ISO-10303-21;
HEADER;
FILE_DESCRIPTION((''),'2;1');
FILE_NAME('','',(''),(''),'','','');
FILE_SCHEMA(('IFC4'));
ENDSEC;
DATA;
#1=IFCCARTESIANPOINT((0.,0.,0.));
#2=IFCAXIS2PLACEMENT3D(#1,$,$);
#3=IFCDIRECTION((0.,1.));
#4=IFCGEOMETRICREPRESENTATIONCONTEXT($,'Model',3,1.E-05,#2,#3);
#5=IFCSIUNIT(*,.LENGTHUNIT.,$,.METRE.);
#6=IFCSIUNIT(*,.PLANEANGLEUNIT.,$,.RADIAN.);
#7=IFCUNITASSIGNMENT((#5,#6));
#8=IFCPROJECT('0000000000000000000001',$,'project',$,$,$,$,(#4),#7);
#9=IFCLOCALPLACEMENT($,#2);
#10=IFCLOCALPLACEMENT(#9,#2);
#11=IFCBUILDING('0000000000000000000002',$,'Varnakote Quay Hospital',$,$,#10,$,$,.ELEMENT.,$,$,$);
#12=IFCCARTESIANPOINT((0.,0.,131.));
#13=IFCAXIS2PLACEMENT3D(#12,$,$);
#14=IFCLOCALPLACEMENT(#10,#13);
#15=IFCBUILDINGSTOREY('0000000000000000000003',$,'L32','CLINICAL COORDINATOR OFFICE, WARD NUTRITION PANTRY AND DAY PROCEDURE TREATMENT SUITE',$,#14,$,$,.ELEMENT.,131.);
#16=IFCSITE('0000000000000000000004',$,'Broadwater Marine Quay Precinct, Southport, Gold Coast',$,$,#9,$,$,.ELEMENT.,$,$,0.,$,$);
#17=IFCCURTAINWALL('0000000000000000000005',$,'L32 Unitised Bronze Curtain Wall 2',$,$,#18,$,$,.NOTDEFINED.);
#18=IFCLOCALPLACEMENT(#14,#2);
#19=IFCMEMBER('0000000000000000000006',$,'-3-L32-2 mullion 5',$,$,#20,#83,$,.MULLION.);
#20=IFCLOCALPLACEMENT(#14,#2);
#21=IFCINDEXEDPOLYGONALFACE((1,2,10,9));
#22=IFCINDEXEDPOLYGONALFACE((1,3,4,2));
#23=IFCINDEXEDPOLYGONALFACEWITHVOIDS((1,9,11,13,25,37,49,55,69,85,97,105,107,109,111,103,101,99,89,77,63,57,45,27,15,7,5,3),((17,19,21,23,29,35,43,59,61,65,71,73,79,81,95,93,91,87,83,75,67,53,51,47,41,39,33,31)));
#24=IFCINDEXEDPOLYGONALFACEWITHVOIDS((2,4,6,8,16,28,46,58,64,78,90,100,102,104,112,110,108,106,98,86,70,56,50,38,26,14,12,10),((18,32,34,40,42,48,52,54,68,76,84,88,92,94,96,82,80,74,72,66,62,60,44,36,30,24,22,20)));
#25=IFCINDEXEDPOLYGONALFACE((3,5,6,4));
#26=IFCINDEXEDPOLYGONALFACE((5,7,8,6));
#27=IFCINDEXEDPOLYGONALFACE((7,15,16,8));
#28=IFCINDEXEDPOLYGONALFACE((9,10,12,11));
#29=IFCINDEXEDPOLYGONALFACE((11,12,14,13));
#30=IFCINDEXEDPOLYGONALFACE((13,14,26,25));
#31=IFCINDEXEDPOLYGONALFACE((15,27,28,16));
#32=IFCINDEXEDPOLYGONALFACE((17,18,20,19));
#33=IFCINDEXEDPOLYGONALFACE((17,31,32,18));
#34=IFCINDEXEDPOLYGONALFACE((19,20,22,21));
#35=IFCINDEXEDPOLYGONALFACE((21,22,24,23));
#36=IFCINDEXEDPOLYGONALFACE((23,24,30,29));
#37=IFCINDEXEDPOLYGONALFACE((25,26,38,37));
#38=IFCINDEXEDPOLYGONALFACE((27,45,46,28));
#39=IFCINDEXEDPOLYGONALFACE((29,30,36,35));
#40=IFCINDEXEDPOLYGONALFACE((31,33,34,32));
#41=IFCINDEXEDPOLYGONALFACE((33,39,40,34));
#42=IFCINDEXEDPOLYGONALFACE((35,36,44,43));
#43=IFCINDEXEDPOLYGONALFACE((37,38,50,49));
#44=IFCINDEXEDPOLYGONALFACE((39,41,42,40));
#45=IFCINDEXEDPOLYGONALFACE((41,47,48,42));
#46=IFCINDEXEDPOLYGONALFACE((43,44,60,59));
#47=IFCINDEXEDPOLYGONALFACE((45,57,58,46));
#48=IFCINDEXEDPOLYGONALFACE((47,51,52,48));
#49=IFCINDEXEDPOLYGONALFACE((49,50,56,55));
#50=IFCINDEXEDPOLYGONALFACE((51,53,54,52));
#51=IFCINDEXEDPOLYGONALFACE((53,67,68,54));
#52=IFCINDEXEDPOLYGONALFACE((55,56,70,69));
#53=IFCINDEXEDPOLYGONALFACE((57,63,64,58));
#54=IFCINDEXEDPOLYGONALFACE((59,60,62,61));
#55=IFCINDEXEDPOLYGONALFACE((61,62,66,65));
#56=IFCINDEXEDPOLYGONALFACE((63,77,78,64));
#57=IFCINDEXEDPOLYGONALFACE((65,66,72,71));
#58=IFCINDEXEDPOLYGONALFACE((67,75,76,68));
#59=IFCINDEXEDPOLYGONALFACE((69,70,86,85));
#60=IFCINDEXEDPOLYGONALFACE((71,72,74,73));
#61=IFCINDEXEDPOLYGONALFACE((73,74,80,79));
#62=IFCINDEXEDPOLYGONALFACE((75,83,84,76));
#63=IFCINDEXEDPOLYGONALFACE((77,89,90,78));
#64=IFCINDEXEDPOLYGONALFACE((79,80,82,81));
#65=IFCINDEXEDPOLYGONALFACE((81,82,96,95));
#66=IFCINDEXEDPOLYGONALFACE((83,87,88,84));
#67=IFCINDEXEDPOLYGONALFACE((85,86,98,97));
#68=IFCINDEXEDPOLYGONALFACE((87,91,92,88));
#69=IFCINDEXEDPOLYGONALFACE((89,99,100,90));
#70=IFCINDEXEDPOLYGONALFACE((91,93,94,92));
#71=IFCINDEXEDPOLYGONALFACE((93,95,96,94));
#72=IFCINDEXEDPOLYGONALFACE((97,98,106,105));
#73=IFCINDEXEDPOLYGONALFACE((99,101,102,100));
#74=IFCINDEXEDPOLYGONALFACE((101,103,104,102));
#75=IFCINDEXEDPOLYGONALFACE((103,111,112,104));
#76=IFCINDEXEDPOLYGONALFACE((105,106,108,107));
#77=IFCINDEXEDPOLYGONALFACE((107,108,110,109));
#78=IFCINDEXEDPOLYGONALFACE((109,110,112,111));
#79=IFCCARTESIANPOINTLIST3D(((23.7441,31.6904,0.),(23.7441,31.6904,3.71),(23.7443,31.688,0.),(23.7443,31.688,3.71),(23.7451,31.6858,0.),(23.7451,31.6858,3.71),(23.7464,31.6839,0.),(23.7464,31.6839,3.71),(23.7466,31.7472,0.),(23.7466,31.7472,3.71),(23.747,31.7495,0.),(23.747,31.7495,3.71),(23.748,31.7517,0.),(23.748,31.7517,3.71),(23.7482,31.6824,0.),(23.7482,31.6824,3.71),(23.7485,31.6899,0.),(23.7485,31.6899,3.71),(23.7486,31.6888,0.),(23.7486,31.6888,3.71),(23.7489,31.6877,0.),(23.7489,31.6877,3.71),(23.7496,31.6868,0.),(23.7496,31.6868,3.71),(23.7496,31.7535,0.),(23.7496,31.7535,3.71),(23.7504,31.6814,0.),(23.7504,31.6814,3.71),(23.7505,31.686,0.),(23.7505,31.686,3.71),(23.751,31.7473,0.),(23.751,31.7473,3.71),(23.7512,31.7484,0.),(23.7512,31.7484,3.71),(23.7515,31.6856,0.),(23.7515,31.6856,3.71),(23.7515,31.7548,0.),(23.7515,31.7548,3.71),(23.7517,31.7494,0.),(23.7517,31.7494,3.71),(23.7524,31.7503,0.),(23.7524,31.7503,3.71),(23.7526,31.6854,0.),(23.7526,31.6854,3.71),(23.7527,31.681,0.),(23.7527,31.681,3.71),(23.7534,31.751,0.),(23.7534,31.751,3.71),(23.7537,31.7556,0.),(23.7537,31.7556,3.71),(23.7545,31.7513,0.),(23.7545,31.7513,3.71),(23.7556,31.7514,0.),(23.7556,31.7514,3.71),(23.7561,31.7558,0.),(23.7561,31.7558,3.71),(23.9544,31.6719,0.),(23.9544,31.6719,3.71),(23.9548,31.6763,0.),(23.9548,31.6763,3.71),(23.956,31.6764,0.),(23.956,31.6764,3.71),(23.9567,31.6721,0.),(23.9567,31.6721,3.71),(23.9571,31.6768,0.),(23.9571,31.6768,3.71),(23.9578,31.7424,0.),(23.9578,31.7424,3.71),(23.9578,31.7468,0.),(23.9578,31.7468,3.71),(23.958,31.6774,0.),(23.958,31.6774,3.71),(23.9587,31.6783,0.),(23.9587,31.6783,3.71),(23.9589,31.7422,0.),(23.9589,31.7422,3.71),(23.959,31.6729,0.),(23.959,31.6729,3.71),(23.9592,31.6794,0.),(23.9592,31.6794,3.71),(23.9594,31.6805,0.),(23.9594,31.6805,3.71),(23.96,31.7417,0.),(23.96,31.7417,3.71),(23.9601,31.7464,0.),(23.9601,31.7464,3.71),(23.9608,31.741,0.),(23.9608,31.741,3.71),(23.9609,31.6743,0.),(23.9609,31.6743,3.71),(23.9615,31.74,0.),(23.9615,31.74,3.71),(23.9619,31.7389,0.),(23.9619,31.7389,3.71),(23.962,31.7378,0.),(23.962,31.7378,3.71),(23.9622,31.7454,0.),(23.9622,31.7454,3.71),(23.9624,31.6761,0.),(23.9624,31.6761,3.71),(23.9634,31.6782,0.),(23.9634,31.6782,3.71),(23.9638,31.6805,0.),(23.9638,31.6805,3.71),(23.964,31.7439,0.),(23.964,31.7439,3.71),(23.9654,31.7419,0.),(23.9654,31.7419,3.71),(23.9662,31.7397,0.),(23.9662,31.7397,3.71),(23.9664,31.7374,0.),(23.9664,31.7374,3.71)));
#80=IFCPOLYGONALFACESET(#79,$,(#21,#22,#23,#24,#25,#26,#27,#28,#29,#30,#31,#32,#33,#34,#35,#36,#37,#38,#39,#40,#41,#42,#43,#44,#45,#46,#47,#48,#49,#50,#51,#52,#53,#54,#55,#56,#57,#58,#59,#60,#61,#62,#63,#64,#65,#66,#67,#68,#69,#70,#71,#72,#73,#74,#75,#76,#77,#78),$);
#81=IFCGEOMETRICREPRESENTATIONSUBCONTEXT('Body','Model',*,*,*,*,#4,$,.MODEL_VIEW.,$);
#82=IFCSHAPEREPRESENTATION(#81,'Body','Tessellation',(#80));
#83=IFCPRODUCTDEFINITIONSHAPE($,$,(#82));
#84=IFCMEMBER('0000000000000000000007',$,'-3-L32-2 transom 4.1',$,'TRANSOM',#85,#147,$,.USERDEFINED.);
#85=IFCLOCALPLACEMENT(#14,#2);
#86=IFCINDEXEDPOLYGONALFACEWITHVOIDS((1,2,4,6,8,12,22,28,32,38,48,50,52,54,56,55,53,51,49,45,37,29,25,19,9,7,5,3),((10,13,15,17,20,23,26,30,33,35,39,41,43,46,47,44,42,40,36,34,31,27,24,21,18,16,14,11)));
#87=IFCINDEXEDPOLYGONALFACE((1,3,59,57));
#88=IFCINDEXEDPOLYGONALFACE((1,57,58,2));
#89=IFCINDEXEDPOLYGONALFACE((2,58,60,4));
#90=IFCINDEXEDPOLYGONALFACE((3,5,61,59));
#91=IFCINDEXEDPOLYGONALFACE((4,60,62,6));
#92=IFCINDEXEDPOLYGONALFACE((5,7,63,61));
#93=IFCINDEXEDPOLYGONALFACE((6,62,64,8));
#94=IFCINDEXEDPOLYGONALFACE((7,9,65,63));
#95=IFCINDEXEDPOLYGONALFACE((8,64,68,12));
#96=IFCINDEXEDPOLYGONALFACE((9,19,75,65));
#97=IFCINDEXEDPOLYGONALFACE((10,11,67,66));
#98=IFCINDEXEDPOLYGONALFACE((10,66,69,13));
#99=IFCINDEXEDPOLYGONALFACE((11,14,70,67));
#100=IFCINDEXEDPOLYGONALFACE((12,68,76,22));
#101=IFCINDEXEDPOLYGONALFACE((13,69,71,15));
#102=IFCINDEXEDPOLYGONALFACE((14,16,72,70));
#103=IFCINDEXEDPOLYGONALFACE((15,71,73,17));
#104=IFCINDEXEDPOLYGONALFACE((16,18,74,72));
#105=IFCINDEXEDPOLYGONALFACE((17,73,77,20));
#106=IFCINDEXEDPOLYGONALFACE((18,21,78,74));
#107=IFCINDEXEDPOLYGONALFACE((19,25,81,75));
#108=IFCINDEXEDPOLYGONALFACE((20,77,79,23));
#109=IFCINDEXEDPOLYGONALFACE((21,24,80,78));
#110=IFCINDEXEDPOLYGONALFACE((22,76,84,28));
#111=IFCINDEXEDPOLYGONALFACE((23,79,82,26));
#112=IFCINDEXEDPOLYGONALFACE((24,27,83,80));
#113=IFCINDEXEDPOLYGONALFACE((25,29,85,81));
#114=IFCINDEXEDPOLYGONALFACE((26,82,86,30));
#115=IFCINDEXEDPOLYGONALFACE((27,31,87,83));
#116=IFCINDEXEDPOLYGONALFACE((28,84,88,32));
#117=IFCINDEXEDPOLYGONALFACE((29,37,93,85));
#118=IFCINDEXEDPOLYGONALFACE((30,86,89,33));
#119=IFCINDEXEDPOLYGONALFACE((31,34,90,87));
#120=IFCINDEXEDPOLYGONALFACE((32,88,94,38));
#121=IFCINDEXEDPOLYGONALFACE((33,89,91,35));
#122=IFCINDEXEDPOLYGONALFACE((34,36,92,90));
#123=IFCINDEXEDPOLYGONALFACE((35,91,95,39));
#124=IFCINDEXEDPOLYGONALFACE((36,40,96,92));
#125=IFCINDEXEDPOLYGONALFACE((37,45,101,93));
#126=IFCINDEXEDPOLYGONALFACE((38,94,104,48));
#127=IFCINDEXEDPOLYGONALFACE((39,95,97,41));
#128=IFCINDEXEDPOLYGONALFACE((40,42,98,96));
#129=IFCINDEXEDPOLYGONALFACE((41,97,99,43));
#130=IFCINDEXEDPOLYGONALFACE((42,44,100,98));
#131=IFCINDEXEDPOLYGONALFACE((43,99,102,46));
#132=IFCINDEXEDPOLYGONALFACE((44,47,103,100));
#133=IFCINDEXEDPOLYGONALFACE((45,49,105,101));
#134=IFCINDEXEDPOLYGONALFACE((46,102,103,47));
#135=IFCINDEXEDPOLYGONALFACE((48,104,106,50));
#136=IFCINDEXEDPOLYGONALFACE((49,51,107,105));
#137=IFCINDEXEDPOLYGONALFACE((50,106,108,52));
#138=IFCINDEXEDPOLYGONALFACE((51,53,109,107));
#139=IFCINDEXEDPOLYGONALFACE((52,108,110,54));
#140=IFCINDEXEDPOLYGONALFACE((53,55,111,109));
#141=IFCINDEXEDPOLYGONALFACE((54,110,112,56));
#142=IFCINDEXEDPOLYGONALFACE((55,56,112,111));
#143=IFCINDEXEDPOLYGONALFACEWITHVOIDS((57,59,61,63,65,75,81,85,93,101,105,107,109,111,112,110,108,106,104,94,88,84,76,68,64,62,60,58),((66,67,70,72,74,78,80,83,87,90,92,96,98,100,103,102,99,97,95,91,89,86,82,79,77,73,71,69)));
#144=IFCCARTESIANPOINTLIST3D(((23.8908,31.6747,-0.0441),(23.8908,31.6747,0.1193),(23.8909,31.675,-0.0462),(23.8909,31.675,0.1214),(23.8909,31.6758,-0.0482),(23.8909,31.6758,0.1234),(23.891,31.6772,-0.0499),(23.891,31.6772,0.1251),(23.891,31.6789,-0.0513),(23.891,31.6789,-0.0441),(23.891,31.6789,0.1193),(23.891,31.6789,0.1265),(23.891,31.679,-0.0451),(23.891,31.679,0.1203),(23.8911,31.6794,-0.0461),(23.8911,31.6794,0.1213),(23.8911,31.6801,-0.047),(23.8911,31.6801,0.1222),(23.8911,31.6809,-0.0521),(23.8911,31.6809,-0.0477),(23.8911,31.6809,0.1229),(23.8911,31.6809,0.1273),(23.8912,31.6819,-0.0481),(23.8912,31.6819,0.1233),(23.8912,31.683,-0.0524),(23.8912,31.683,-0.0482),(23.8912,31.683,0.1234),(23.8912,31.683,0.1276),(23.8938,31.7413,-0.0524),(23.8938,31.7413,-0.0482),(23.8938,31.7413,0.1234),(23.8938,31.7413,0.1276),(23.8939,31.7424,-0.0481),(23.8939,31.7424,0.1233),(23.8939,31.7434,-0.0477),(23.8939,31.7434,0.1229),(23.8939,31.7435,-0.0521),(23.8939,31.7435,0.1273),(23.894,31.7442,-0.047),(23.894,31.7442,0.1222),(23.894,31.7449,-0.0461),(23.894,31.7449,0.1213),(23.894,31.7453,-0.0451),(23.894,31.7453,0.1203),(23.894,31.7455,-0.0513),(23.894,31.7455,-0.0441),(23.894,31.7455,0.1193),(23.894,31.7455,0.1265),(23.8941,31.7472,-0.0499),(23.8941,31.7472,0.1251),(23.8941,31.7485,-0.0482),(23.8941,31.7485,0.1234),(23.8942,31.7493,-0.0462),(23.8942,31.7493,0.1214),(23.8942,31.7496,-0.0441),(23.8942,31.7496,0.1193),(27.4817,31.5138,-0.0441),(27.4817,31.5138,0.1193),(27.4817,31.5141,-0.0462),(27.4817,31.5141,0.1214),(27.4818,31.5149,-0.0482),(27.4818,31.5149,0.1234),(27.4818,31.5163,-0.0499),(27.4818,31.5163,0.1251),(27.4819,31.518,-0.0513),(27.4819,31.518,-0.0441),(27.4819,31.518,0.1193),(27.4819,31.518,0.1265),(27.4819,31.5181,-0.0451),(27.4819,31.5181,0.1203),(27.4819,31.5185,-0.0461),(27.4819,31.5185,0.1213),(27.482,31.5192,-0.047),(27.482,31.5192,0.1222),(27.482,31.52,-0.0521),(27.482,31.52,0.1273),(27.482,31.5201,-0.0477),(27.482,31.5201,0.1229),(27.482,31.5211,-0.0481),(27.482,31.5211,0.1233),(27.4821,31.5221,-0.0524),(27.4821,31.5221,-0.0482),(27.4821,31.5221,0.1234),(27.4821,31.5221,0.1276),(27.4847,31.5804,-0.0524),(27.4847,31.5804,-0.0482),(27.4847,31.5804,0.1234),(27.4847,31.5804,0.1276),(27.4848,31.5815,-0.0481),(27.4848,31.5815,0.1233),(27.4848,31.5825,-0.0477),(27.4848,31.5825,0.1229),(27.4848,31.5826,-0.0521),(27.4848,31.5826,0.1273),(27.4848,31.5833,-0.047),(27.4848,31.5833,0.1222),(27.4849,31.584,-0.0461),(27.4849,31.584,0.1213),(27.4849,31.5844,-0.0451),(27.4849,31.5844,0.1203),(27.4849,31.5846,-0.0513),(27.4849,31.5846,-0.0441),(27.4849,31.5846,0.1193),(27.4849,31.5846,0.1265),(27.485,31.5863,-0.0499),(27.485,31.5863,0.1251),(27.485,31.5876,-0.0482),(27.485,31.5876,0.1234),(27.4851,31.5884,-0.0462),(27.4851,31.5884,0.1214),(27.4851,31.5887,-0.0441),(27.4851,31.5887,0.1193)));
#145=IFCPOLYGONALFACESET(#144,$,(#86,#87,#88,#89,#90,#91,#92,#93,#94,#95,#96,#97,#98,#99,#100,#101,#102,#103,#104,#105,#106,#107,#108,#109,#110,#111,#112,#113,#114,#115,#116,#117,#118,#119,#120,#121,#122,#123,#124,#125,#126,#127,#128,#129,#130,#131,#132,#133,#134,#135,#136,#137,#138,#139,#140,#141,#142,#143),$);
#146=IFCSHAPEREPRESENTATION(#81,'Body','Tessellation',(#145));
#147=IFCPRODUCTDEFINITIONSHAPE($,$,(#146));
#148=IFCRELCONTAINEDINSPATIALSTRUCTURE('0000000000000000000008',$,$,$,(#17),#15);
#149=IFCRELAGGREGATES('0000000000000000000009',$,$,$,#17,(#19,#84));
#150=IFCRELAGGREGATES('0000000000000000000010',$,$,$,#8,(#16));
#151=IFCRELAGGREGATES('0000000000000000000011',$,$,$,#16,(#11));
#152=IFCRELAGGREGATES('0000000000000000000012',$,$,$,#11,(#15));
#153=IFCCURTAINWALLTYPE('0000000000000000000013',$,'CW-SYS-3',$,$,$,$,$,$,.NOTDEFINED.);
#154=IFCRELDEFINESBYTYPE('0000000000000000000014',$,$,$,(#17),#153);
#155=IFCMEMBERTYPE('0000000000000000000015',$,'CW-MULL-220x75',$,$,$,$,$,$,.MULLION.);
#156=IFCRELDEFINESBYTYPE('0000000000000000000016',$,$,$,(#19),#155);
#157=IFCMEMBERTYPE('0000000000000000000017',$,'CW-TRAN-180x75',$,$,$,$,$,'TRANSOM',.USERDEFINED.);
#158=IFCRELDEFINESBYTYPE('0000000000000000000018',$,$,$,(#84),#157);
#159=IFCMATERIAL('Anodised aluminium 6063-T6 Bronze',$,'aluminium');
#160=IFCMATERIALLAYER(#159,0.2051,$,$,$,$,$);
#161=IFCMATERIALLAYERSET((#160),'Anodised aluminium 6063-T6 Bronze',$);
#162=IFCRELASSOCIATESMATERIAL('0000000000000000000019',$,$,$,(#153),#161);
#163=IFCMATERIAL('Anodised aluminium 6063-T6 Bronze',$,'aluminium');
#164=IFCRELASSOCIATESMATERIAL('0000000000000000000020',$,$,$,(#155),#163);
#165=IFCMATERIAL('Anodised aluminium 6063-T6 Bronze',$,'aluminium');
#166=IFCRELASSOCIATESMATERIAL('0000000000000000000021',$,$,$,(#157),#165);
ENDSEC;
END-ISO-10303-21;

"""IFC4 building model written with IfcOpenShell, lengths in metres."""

from ifc_helpers import new_model, si_unit, direction, frame, origin, origin_2d, place, context, subcontext, project, spatial, hollow_rectangle, extrude, material, layer, layer_set, material_profile, profile_set, type_object, element, aggregate, save


model = new_model("IFC4")

# Units and contexts
model_context = context("Model", 3, precision=1e-05, world=origin(), true_north=direction((0.0, 1.0)))
body_context = subcontext(model_context, "Body", "Model", "MODEL_VIEW")
ifc_project = project(units=[si_unit("LENGTHUNIT", "METRE"), si_unit("PLANEANGLEUNIT", "RADIAN")], contexts=[model_context])

# Site, building, storey
site_placement = place(None, origin())
site = spatial("IfcSite", under=ifc_project, at=site_placement, Name="Broadwater Marine Quay Precinct, Southport, Gold Coast", CompositionType="ELEMENT", RefElevation=0.0)
building_placement = place(site_placement, origin())
building = spatial("IfcBuilding", under=site, at=building_placement, Name="Varnakote Quay Hospital", CompositionType="ELEMENT")
storey_placement = place(building_placement, frame((0.0, 0.0, 131.0)))
storey = spatial("IfcBuildingStorey", under=building, at=storey_placement, Name="L32", Description="CLINICAL COORDINATOR OFFICE, WARD NUTRITION PANTRY AND DAY PROCEDURE TREATMENT SUITE", CompositionType="ELEMENT", Elevation=131.0)

# Curtain wall, members
ifc_material_1 = material(Name="Anodised aluminium 6063-T6 Bronze", Category="aluminium")
ifc_layer_1 = layer(ifc_material_1, 0.2051)
ifc_layer_set_1 = layer_set([ifc_layer_1], Name="Anodised aluminium 6063-T6 Bronze")
curtain_wall_type = type_object("IfcCurtainWallType", Name="CW-SYS-3", PredefinedType="NOTDEFINED", material=ifc_layer_set_1)
curtain_wall_placement = place(storey_placement, origin())
curtain_wall = element("IfcCurtainWall", 1, at=curtain_wall_placement, inside=storey, type_object=curtain_wall_type, Name="L32 Unitised Bronze Curtain Wall 2", PredefinedType="NOTDEFINED")
ifc_material_2 = material(Name="Anodised aluminium 6063-T6 Bronze", Category="aluminium")
ifc_material_profile_1 = material_profile(ifc_material_2, hollow_rectangle(XDim=0.075, YDim=0.22, WallThickness=0.0044, InnerFilletRadius=0.0044, OuterFilletRadius=0.009, at=origin_2d()), Name="CW-MULL-220x75")
ifc_profile_set_1 = profile_set([ifc_material_profile_1], Name="Anodised aluminium 6063-T6 Bronze")
member_type_1 = type_object("IfcMemberType", Name="CW-MULL-220x75", PredefinedType="MULLION", material=ifc_profile_set_1)
member_1_placement = place(storey_placement, frame((23.8552, 31.7139, 0.0), z_axis=(0.0, 0.0, 1.0), x_axis=(-0.044782, -0.998997, 0.0)))
member_1 = element("IfcMember", 2, at=member_1_placement, type_object=member_type_1, Name="-3-L32-2 mullion 5", PredefinedType="MULLION", context=body_context, shape_type="SweptSolid", body=[
    extrude(hollow_rectangle(XDim=0.075, YDim=0.22, WallThickness=0.0044, InnerFilletRadius=0.0044, OuterFilletRadius=0.009, at=origin_2d()), origin(), (0.0, 0.0, 1.0), 3.71),
])
ifc_material_3 = material(Name="Anodised aluminium 6063-T6 Bronze", Category="aluminium")
ifc_material_profile_2 = material_profile(ifc_material_3, hollow_rectangle(XDim=0.075, YDim=0.1799, WallThickness=0.0042, InnerFilletRadius=0.0042, OuterFilletRadius=0.0083, at=origin_2d()), Name="CW-TRAN-180x75")
ifc_profile_set_2 = profile_set([ifc_material_profile_2], Name="Anodised aluminium 6063-T6 Bronze")
member_type_2 = type_object("IfcMemberType", Name="CW-TRAN-180x75", ElementType="TRANSOM", PredefinedType="USERDEFINED", material=ifc_profile_set_2)
member_2_placement = place(storey_placement, frame((27.4834, 31.5513, 0.0376), z_axis=(-0.998998, 0.044761, 0.0), x_axis=(-0.044761, -0.998998, 0.0)))
member_2 = element("IfcMember", 3, at=member_2_placement, type_object=member_type_2, Name="-3-L32-2 transom 4.1", ObjectType="TRANSOM", PredefinedType="USERDEFINED", context=body_context, shape_type="SweptSolid", body=[
    extrude(hollow_rectangle(XDim=0.075, YDim=0.1799, WallThickness=0.0042, InnerFilletRadius=0.0042, OuterFilletRadius=0.0083, at=origin_2d()), origin(), (0.0, 0.0, 1.0), 3.5945),
])

aggregate(curtain_wall, [member_1, member_2])

save(model, "model.ifc")
